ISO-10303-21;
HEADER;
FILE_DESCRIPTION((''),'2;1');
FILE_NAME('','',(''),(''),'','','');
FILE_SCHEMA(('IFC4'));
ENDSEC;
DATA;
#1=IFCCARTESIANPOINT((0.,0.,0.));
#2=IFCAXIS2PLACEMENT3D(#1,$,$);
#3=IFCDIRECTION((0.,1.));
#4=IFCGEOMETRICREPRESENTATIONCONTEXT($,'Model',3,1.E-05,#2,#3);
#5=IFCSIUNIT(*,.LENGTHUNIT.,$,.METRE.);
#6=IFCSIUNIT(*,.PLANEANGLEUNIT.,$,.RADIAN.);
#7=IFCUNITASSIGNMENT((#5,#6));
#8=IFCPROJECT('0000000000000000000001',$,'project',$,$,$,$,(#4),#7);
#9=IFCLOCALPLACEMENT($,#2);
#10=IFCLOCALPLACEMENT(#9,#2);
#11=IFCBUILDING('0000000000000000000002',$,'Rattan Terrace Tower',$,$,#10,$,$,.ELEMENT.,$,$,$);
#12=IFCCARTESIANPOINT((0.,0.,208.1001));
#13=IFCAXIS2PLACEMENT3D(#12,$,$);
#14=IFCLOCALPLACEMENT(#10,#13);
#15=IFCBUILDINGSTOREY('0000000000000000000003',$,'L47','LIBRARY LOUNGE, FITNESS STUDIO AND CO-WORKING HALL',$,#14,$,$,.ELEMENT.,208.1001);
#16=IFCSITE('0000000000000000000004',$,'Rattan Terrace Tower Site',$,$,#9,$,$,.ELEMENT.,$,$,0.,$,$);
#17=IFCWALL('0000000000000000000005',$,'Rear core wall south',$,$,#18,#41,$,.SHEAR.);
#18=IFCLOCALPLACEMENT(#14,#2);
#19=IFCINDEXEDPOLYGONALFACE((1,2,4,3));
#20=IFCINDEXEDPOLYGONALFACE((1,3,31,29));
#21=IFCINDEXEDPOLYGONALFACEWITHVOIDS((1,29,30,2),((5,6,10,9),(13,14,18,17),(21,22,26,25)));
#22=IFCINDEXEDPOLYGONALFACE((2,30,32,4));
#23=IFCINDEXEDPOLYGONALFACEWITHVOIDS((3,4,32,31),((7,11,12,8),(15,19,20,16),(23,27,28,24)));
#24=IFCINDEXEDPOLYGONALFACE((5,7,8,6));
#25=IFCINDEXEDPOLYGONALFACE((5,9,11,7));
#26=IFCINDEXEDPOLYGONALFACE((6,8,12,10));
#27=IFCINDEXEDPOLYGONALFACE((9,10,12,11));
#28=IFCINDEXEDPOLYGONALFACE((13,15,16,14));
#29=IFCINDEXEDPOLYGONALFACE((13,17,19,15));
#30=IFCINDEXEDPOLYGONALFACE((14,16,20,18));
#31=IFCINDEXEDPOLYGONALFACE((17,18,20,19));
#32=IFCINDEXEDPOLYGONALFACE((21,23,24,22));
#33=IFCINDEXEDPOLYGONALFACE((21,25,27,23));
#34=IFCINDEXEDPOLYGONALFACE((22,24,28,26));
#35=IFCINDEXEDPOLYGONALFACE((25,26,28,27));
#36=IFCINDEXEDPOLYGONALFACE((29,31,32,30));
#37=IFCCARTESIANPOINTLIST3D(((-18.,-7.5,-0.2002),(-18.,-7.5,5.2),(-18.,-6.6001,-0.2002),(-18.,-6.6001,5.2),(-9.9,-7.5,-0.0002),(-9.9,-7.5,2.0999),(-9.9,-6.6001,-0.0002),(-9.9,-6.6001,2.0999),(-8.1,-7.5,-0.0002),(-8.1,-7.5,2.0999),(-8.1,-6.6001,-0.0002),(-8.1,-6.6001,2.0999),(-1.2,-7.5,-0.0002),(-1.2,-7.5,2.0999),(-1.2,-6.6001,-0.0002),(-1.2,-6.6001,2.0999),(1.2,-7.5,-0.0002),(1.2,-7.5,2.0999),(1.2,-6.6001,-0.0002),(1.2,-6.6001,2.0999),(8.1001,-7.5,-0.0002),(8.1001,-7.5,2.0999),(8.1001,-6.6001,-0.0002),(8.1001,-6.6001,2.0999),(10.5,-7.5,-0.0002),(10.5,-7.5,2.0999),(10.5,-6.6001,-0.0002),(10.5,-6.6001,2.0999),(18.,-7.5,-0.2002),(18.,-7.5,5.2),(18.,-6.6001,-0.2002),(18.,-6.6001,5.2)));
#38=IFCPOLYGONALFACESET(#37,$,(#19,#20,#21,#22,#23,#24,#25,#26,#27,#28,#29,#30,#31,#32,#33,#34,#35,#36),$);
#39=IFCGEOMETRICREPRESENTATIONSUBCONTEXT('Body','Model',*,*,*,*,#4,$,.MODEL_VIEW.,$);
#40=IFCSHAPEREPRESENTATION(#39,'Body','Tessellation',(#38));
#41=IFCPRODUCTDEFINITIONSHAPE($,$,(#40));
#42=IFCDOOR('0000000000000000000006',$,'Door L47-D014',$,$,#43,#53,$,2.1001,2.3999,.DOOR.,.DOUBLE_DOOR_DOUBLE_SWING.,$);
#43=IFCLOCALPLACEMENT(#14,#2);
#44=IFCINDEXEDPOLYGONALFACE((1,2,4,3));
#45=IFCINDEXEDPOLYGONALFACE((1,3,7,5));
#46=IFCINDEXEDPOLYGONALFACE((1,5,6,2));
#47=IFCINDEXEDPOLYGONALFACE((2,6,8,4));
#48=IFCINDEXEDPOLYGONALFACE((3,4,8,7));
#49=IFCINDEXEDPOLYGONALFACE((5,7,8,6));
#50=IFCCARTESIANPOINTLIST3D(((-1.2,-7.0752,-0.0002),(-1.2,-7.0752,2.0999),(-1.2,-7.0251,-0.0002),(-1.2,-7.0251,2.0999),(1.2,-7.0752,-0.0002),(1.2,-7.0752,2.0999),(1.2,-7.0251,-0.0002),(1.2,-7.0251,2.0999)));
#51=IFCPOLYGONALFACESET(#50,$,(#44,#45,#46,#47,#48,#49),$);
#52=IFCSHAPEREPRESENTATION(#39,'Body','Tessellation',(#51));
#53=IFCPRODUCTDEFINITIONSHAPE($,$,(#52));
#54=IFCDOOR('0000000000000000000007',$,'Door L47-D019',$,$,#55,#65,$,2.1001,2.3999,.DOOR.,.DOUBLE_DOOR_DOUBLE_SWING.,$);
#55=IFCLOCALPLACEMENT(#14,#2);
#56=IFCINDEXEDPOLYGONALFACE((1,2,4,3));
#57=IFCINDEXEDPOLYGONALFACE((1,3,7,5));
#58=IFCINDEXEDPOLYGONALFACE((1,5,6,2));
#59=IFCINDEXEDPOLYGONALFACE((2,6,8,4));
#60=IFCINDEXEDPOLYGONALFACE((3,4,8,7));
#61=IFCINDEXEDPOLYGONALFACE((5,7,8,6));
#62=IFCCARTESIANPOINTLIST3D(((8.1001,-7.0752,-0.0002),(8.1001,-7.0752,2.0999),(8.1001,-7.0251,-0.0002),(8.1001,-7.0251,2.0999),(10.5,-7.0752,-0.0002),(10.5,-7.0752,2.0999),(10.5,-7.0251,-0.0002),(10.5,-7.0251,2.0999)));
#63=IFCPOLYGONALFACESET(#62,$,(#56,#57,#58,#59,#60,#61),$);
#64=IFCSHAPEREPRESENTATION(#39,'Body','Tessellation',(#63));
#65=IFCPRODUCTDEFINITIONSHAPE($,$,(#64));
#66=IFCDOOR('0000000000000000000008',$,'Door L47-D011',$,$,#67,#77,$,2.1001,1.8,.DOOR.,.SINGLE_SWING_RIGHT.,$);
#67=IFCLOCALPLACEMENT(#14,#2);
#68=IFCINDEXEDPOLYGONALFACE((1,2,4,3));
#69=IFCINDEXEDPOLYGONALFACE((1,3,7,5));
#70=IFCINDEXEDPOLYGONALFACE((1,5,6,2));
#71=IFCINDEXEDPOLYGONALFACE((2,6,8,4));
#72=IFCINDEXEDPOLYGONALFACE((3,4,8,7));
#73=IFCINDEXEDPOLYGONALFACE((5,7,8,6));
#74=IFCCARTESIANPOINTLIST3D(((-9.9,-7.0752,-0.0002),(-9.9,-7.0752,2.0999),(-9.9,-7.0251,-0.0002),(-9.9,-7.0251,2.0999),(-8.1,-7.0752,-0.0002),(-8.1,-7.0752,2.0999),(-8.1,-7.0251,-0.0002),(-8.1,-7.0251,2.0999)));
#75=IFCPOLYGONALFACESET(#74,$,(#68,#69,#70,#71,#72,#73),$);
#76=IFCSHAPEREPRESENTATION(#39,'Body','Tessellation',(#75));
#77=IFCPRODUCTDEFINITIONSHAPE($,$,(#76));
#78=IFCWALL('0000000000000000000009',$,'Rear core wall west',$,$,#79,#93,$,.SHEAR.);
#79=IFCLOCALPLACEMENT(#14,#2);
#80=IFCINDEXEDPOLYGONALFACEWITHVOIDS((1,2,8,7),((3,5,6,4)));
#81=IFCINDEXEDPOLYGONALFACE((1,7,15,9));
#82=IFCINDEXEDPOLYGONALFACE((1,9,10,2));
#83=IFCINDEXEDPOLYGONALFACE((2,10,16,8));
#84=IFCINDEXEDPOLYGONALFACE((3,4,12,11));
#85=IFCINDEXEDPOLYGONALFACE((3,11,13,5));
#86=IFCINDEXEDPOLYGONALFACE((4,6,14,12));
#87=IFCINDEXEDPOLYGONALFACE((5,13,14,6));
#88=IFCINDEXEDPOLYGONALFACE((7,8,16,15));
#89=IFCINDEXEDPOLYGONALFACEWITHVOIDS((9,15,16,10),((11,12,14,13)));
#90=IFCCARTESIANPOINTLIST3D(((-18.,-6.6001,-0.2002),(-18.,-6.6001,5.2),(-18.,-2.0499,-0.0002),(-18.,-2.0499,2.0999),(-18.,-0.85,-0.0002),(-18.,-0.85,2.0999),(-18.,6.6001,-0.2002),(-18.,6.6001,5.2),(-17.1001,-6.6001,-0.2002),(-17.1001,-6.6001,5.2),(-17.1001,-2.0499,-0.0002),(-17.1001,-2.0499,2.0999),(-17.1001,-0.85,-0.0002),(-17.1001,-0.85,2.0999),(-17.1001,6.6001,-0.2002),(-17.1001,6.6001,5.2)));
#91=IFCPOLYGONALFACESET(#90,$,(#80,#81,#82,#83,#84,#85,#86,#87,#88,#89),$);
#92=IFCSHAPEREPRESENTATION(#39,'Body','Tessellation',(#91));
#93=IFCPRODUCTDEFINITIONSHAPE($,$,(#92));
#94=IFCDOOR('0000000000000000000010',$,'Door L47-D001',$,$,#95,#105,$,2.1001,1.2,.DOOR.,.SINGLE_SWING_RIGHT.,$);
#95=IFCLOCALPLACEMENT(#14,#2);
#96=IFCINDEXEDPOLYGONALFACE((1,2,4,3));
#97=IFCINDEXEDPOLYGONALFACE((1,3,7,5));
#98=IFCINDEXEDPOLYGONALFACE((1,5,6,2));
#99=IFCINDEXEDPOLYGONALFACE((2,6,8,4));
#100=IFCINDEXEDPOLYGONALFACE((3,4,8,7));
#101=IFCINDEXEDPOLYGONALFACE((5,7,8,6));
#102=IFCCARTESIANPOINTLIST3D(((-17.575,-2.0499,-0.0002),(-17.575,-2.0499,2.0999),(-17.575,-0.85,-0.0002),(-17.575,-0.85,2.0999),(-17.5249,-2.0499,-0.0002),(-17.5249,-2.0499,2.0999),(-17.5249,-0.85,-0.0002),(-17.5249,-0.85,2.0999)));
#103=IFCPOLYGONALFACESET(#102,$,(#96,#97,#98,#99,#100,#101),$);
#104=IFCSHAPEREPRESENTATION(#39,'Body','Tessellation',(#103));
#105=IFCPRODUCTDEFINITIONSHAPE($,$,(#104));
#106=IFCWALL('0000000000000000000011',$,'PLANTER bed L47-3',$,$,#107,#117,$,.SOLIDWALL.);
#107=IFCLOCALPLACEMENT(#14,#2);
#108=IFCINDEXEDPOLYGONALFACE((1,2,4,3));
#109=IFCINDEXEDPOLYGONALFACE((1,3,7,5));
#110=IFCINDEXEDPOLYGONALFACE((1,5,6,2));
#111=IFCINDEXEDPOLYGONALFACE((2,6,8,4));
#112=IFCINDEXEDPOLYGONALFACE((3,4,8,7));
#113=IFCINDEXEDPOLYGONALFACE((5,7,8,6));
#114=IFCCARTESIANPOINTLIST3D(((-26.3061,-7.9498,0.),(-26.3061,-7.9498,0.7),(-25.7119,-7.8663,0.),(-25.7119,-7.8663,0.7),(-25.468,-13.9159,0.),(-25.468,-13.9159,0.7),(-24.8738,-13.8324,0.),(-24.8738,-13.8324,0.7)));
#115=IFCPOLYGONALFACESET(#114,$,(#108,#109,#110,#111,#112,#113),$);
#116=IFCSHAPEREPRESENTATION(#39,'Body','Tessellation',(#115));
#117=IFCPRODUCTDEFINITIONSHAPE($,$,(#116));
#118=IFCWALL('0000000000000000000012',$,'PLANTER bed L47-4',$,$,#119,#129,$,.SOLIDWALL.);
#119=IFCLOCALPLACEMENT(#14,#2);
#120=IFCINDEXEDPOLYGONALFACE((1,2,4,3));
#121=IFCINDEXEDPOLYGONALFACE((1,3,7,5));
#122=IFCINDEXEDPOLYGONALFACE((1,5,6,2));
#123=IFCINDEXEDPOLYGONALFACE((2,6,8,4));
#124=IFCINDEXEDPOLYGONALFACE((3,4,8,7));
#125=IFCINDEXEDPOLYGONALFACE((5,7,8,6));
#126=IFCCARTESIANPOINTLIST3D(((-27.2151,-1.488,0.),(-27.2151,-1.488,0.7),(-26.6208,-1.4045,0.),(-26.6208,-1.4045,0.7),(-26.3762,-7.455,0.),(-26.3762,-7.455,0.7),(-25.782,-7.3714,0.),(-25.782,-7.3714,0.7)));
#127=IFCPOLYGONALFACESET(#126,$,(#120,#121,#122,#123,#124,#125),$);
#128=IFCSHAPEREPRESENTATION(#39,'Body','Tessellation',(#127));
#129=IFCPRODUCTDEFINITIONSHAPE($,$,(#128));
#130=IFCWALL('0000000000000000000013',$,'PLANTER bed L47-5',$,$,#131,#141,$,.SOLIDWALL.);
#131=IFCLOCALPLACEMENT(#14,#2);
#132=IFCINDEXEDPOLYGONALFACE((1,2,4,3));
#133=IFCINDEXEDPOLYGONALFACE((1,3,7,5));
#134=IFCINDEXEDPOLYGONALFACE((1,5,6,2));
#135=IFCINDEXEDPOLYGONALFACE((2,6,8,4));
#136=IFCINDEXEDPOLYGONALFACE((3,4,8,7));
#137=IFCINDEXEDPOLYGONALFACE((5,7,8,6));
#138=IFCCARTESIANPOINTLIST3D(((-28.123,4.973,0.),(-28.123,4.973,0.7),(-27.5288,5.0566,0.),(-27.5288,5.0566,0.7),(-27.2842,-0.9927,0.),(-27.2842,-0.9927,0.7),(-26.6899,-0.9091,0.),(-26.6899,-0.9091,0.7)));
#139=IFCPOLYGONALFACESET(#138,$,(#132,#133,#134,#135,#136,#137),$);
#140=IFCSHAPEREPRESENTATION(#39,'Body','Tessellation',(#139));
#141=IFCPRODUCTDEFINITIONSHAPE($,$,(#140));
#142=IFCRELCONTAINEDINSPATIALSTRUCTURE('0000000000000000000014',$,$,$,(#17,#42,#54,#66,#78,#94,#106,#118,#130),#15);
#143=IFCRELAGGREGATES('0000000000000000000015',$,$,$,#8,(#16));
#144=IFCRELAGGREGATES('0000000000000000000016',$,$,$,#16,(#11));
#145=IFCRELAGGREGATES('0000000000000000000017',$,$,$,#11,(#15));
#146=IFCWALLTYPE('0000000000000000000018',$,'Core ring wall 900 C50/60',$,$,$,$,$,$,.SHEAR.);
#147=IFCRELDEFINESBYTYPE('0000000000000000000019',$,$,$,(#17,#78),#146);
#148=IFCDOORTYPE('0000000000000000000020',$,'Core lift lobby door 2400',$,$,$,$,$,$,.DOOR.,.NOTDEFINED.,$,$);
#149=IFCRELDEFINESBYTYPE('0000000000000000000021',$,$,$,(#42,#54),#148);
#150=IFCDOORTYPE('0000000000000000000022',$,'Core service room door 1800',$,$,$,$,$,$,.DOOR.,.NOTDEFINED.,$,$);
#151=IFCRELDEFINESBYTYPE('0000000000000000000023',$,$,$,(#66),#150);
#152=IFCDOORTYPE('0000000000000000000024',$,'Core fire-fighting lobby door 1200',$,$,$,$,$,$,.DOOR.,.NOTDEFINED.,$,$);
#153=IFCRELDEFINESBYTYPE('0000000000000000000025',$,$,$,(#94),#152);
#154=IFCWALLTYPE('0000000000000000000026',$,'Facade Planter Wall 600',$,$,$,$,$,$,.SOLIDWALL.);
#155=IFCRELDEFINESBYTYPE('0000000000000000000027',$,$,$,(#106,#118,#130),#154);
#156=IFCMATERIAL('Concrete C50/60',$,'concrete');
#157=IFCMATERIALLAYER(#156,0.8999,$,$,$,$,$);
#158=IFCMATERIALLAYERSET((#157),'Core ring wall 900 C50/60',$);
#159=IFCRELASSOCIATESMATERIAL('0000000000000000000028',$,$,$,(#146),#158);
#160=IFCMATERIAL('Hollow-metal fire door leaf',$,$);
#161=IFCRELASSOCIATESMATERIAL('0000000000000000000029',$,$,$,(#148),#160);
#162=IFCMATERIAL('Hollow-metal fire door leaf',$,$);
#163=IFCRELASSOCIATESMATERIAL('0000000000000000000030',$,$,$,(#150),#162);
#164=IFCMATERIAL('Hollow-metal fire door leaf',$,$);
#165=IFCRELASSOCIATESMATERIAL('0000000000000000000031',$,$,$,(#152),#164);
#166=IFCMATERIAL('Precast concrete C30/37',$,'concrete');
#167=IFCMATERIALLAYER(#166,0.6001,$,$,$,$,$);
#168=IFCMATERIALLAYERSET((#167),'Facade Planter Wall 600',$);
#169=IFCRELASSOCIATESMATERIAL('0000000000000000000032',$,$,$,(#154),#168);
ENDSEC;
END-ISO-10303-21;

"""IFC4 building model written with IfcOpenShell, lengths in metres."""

from ifc_helpers import new_model, si_unit, direction, frame, frame_2d, origin, place, context, subcontext, project, spatial, rectangle, extrude, material, layer, layer_set, type_object, element, fill, save


model = new_model("IFC4")

# Units and contexts
model_context = context("Model", 3, precision=1e-05, world=origin(), true_north=direction((0.0, 1.0)))
body_context = subcontext(model_context, "Body", "Model", "MODEL_VIEW")
ifc_project = project(units=[si_unit("LENGTHUNIT", "METRE"), si_unit("PLANEANGLEUNIT", "RADIAN")], contexts=[model_context])

# Site, building, storey
site_placement = place(None, origin())
site = spatial("IfcSite", under=ifc_project, at=site_placement, Name="Rattan Terrace Tower Site", CompositionType="ELEMENT", RefElevation=0.0)
building_placement = place(site_placement, origin())
building = spatial("IfcBuilding", under=site, at=building_placement, Name="Rattan Terrace Tower", CompositionType="ELEMENT")
storey_placement = place(building_placement, frame((0.0, 0.0, 208.1001)))
storey = spatial("IfcBuildingStorey", under=building, at=storey_placement, Name="L47", Description="LIBRARY LOUNGE, FITNESS STUDIO AND CO-WORKING HALL", CompositionType="ELEMENT", Elevation=208.1001)

# Wall, openings, doors
ifc_material_1 = material(Name="Concrete C50/60", Category="concrete")
ifc_layer_1 = layer(ifc_material_1, 0.8999)
ifc_layer_set_1 = layer_set([ifc_layer_1], Name="Core ring wall 900 C50/60")
wall_type_1 = type_object("IfcWallType", Name="Core ring wall 900 C50/60", PredefinedType="SHEAR", material=ifc_layer_set_1)
wall_1_placement = place(storey_placement, frame((-18.0, -7.05, -0.2002), z_axis=(0.0, 0.0, 1.0), x_axis=(1.0, 0.0, 0.0)))
wall_1 = element("IfcWall", 1, at=wall_1_placement, inside=storey, type_object=wall_type_1, Name="Rear core wall south", PredefinedType="SHEAR", context=body_context, shape_type="SweptSolid", body=[
    extrude(rectangle(XDim=36.0, YDim=0.8999, at=frame_2d((18.0, 0.0))), origin(), (0.0, 0.0, 1.0), 5.4001),
])
opening_1_placement = place(wall_1_placement, frame((8.1001, 0.0, 0.2)))
opening_1 = element("IfcOpeningElement", 2, at=opening_1_placement, cuts=wall_1, PredefinedType="OPENING", context=body_context, shape_type="SweptSolid", body=[
    extrude(rectangle(XDim=1.8, YDim=2.1001, at=frame_2d((0.8999, 1.05))), frame((0.0, 0.4604, 0.0), z_axis=(0.0, -1.0, 0.0), x_axis=(1.0, 0.0, 0.0)), (0.0, 0.0, 1.0), 0.9209),
])
opening_2_placement = place(wall_1_placement, frame((16.8, 0.0, 0.2)))
opening_2 = element("IfcOpeningElement", 3, at=opening_2_placement, cuts=wall_1, PredefinedType="OPENING", context=body_context, shape_type="SweptSolid", body=[
    extrude(rectangle(XDim=2.3999, YDim=2.1001, at=frame_2d((1.2, 1.05))), frame((0.0, 0.4604, 0.0), z_axis=(0.0, -1.0, 0.0), x_axis=(1.0, 0.0, 0.0)), (0.0, 0.0, 1.0), 0.9209),
])
opening_3_placement = place(wall_1_placement, frame((26.1001, 0.0, 0.2)))
opening_3 = element("IfcOpeningElement", 4, at=opening_3_placement, cuts=wall_1, PredefinedType="OPENING", context=body_context, shape_type="SweptSolid", body=[
    extrude(rectangle(XDim=2.3999, YDim=2.1001, at=frame_2d((1.2, 1.05))), frame((0.0, 0.4604, 0.0), z_axis=(0.0, -1.0, 0.0), x_axis=(1.0, 0.0, 0.0)), (0.0, 0.0, 1.0), 0.9209),
])
ifc_material_2 = material(Name="Hollow-metal fire door leaf")
door_type_1 = type_object("IfcDoorType", Name="Core lift lobby door 2400", OperationType="NOTDEFINED", PredefinedType="DOOR", material=ifc_material_2)
door_1_placement = place(opening_2_placement, origin())
door_1 = element("IfcDoor", 5, at=door_1_placement, inside=storey, type_object=door_type_1, Name="Door L47-D014", OperationType="DOUBLE_DOOR_DOUBLE_SWING", OverallHeight=2.1001, OverallWidth=2.3999, PredefinedType="DOOR", context=body_context, shape_type="SweptSolid", body=[
    extrude(rectangle(XDim=2.3999, YDim=2.1001, at=frame_2d((1.2, 1.05))), frame((0.0, 0.0249, 0.0), z_axis=(0.0, -1.0, 0.0), x_axis=(1.0, 0.0, 0.0)), (0.0, 0.0, 1.0), 0.05),
])
fill(opening_2, door_1)
door_2_placement = place(opening_3_placement, origin())
door_2 = element("IfcDoor", 6, at=door_2_placement, inside=storey, type_object=door_type_1, Name="Door L47-D019", OperationType="DOUBLE_DOOR_DOUBLE_SWING", OverallHeight=2.1001, OverallWidth=2.3999, PredefinedType="DOOR", context=body_context, shape_type="SweptSolid", body=[
    extrude(rectangle(XDim=2.3999, YDim=2.1001, at=frame_2d((1.2, 1.05))), frame((0.0, 0.0249, 0.0), z_axis=(0.0, -1.0, 0.0), x_axis=(1.0, 0.0, 0.0)), (0.0, 0.0, 1.0), 0.05),
])
fill(opening_3, door_2)
ifc_material_3 = material(Name="Hollow-metal fire door leaf")
door_type_2 = type_object("IfcDoorType", Name="Core service room door 1800", OperationType="NOTDEFINED", PredefinedType="DOOR", material=ifc_material_3)
door_3_placement = place(opening_1_placement, origin())
door_3 = element("IfcDoor", 7, at=door_3_placement, inside=storey, type_object=door_type_2, Name="Door L47-D011", OperationType="SINGLE_SWING_RIGHT", OverallHeight=2.1001, OverallWidth=1.8, PredefinedType="DOOR", context=body_context, shape_type="SweptSolid", body=[
    extrude(rectangle(XDim=1.8, YDim=2.1001, at=frame_2d((0.8999, 1.05))), frame((0.0, 0.0249, 0.0), z_axis=(0.0, -1.0, 0.0), x_axis=(1.0, 0.0, 0.0)), (0.0, 0.0, 1.0), 0.05),
])
fill(opening_1, door_3)

# Wall, opening, door
wall_2_placement = place(storey_placement, frame((-17.55, -6.6001, -0.2002), z_axis=(0.0, 0.0, 1.0), x_axis=(0.0, 1.0, 0.0)))
wall_2 = element("IfcWall", 8, at=wall_2_placement, inside=storey, type_object=wall_type_1, Name="Rear core wall west", PredefinedType="SHEAR", context=body_context, shape_type="SweptSolid", body=[
    extrude(rectangle(XDim=13.2002, YDim=0.8999, at=frame_2d((6.6001, 0.0))), origin(), (0.0, 0.0, 1.0), 5.4001),
])
opening_4_placement = place(wall_2_placement, frame((4.55, 0.0, 0.2)))
opening_4 = element("IfcOpeningElement", 9, at=opening_4_placement, cuts=wall_2, PredefinedType="OPENING", context=body_context, shape_type="SweptSolid", body=[
    extrude(rectangle(XDim=1.2, YDim=2.1001, at=frame_2d((0.6001, 1.05))), frame((0.0, 0.4604, 0.0), z_axis=(0.0, -1.0, 0.0), x_axis=(1.0, 0.0, 0.0)), (0.0, 0.0, 1.0), 0.9209),
])
ifc_material_4 = material(Name="Hollow-metal fire door leaf")
door_type_3 = type_object("IfcDoorType", Name="Core fire-fighting lobby door 1200", OperationType="NOTDEFINED", PredefinedType="DOOR", material=ifc_material_4)
door_4_placement = place(opening_4_placement, origin())
door_4 = element("IfcDoor", 10, at=door_4_placement, inside=storey, type_object=door_type_3, Name="Door L47-D001", OperationType="SINGLE_SWING_RIGHT", OverallHeight=2.1001, OverallWidth=1.2, PredefinedType="DOOR", context=body_context, shape_type="SweptSolid", body=[
    extrude(rectangle(XDim=1.2, YDim=2.1001, at=frame_2d((0.6001, 1.05))), frame((0.0, 0.0249, 0.0), z_axis=(0.0, -1.0, 0.0), x_axis=(1.0, 0.0, 0.0)), (0.0, 0.0, 1.0), 0.05),
])
fill(opening_4, door_4)

# Walls
ifc_material_5 = material(Name="Precast concrete C30/37", Category="concrete")
ifc_layer_2 = layer(ifc_material_5, 0.6001)
ifc_layer_set_2 = layer_set([ifc_layer_2], Name="Facade Planter Wall 600")
wall_type_2 = type_object("IfcWallType", Name="Facade Planter Wall 600", PredefinedType="SOLIDWALL", material=ifc_layer_set_2)
wall_3_placement = place(storey_placement, frame((-25.1709, -13.874, 0.0), z_axis=(0.0, 0.0, 1.0), x_axis=(-0.139118, 0.990276, 0.0)))
element("IfcWall", 11, at=wall_3_placement, inside=storey, type_object=wall_type_2, Name="PLANTER bed L47-3", PredefinedType="SOLIDWALL", context=body_context, shape_type="SweptSolid", body=[
    extrude(rectangle(XDim=6.0247, YDim=0.6001, at=frame_2d((3.0122, 0.0))), origin(), (0.0, 0.0, 1.0), 0.7),
])
wall_4_placement = place(storey_placement, frame((-26.0791, -7.4131, 0.0), z_axis=(0.0, 0.0, 1.0), x_axis=(-0.139214, 0.990262, 0.0)))
element("IfcWall", 12, at=wall_4_placement, inside=storey, type_object=wall_type_2, Name="PLANTER bed L47-4", PredefinedType="SOLIDWALL", context=body_context, shape_type="SweptSolid", body=[
    extrude(rectangle(XDim=6.0256, YDim=0.6001, at=frame_2d((3.0127, 0.0))), origin(), (0.0, 0.0, 1.0), 0.7),
])
wall_5_placement = place(storey_placement, frame((-26.9871, -0.9509, 0.0), z_axis=(0.0, 0.0, 1.0), x_axis=(-0.139242, 0.990258, 0.0)))
element("IfcWall", 13, at=wall_5_placement, inside=storey, type_object=wall_type_2, Name="PLANTER bed L47-5", PredefinedType="SOLIDWALL", context=body_context, shape_type="SweptSolid", body=[
    extrude(rectangle(XDim=6.0244, YDim=0.6001, at=frame_2d((3.0122, 0.0))), origin(), (0.0, 0.0, 1.0), 0.7),
])

save(model, "model.ifc")
